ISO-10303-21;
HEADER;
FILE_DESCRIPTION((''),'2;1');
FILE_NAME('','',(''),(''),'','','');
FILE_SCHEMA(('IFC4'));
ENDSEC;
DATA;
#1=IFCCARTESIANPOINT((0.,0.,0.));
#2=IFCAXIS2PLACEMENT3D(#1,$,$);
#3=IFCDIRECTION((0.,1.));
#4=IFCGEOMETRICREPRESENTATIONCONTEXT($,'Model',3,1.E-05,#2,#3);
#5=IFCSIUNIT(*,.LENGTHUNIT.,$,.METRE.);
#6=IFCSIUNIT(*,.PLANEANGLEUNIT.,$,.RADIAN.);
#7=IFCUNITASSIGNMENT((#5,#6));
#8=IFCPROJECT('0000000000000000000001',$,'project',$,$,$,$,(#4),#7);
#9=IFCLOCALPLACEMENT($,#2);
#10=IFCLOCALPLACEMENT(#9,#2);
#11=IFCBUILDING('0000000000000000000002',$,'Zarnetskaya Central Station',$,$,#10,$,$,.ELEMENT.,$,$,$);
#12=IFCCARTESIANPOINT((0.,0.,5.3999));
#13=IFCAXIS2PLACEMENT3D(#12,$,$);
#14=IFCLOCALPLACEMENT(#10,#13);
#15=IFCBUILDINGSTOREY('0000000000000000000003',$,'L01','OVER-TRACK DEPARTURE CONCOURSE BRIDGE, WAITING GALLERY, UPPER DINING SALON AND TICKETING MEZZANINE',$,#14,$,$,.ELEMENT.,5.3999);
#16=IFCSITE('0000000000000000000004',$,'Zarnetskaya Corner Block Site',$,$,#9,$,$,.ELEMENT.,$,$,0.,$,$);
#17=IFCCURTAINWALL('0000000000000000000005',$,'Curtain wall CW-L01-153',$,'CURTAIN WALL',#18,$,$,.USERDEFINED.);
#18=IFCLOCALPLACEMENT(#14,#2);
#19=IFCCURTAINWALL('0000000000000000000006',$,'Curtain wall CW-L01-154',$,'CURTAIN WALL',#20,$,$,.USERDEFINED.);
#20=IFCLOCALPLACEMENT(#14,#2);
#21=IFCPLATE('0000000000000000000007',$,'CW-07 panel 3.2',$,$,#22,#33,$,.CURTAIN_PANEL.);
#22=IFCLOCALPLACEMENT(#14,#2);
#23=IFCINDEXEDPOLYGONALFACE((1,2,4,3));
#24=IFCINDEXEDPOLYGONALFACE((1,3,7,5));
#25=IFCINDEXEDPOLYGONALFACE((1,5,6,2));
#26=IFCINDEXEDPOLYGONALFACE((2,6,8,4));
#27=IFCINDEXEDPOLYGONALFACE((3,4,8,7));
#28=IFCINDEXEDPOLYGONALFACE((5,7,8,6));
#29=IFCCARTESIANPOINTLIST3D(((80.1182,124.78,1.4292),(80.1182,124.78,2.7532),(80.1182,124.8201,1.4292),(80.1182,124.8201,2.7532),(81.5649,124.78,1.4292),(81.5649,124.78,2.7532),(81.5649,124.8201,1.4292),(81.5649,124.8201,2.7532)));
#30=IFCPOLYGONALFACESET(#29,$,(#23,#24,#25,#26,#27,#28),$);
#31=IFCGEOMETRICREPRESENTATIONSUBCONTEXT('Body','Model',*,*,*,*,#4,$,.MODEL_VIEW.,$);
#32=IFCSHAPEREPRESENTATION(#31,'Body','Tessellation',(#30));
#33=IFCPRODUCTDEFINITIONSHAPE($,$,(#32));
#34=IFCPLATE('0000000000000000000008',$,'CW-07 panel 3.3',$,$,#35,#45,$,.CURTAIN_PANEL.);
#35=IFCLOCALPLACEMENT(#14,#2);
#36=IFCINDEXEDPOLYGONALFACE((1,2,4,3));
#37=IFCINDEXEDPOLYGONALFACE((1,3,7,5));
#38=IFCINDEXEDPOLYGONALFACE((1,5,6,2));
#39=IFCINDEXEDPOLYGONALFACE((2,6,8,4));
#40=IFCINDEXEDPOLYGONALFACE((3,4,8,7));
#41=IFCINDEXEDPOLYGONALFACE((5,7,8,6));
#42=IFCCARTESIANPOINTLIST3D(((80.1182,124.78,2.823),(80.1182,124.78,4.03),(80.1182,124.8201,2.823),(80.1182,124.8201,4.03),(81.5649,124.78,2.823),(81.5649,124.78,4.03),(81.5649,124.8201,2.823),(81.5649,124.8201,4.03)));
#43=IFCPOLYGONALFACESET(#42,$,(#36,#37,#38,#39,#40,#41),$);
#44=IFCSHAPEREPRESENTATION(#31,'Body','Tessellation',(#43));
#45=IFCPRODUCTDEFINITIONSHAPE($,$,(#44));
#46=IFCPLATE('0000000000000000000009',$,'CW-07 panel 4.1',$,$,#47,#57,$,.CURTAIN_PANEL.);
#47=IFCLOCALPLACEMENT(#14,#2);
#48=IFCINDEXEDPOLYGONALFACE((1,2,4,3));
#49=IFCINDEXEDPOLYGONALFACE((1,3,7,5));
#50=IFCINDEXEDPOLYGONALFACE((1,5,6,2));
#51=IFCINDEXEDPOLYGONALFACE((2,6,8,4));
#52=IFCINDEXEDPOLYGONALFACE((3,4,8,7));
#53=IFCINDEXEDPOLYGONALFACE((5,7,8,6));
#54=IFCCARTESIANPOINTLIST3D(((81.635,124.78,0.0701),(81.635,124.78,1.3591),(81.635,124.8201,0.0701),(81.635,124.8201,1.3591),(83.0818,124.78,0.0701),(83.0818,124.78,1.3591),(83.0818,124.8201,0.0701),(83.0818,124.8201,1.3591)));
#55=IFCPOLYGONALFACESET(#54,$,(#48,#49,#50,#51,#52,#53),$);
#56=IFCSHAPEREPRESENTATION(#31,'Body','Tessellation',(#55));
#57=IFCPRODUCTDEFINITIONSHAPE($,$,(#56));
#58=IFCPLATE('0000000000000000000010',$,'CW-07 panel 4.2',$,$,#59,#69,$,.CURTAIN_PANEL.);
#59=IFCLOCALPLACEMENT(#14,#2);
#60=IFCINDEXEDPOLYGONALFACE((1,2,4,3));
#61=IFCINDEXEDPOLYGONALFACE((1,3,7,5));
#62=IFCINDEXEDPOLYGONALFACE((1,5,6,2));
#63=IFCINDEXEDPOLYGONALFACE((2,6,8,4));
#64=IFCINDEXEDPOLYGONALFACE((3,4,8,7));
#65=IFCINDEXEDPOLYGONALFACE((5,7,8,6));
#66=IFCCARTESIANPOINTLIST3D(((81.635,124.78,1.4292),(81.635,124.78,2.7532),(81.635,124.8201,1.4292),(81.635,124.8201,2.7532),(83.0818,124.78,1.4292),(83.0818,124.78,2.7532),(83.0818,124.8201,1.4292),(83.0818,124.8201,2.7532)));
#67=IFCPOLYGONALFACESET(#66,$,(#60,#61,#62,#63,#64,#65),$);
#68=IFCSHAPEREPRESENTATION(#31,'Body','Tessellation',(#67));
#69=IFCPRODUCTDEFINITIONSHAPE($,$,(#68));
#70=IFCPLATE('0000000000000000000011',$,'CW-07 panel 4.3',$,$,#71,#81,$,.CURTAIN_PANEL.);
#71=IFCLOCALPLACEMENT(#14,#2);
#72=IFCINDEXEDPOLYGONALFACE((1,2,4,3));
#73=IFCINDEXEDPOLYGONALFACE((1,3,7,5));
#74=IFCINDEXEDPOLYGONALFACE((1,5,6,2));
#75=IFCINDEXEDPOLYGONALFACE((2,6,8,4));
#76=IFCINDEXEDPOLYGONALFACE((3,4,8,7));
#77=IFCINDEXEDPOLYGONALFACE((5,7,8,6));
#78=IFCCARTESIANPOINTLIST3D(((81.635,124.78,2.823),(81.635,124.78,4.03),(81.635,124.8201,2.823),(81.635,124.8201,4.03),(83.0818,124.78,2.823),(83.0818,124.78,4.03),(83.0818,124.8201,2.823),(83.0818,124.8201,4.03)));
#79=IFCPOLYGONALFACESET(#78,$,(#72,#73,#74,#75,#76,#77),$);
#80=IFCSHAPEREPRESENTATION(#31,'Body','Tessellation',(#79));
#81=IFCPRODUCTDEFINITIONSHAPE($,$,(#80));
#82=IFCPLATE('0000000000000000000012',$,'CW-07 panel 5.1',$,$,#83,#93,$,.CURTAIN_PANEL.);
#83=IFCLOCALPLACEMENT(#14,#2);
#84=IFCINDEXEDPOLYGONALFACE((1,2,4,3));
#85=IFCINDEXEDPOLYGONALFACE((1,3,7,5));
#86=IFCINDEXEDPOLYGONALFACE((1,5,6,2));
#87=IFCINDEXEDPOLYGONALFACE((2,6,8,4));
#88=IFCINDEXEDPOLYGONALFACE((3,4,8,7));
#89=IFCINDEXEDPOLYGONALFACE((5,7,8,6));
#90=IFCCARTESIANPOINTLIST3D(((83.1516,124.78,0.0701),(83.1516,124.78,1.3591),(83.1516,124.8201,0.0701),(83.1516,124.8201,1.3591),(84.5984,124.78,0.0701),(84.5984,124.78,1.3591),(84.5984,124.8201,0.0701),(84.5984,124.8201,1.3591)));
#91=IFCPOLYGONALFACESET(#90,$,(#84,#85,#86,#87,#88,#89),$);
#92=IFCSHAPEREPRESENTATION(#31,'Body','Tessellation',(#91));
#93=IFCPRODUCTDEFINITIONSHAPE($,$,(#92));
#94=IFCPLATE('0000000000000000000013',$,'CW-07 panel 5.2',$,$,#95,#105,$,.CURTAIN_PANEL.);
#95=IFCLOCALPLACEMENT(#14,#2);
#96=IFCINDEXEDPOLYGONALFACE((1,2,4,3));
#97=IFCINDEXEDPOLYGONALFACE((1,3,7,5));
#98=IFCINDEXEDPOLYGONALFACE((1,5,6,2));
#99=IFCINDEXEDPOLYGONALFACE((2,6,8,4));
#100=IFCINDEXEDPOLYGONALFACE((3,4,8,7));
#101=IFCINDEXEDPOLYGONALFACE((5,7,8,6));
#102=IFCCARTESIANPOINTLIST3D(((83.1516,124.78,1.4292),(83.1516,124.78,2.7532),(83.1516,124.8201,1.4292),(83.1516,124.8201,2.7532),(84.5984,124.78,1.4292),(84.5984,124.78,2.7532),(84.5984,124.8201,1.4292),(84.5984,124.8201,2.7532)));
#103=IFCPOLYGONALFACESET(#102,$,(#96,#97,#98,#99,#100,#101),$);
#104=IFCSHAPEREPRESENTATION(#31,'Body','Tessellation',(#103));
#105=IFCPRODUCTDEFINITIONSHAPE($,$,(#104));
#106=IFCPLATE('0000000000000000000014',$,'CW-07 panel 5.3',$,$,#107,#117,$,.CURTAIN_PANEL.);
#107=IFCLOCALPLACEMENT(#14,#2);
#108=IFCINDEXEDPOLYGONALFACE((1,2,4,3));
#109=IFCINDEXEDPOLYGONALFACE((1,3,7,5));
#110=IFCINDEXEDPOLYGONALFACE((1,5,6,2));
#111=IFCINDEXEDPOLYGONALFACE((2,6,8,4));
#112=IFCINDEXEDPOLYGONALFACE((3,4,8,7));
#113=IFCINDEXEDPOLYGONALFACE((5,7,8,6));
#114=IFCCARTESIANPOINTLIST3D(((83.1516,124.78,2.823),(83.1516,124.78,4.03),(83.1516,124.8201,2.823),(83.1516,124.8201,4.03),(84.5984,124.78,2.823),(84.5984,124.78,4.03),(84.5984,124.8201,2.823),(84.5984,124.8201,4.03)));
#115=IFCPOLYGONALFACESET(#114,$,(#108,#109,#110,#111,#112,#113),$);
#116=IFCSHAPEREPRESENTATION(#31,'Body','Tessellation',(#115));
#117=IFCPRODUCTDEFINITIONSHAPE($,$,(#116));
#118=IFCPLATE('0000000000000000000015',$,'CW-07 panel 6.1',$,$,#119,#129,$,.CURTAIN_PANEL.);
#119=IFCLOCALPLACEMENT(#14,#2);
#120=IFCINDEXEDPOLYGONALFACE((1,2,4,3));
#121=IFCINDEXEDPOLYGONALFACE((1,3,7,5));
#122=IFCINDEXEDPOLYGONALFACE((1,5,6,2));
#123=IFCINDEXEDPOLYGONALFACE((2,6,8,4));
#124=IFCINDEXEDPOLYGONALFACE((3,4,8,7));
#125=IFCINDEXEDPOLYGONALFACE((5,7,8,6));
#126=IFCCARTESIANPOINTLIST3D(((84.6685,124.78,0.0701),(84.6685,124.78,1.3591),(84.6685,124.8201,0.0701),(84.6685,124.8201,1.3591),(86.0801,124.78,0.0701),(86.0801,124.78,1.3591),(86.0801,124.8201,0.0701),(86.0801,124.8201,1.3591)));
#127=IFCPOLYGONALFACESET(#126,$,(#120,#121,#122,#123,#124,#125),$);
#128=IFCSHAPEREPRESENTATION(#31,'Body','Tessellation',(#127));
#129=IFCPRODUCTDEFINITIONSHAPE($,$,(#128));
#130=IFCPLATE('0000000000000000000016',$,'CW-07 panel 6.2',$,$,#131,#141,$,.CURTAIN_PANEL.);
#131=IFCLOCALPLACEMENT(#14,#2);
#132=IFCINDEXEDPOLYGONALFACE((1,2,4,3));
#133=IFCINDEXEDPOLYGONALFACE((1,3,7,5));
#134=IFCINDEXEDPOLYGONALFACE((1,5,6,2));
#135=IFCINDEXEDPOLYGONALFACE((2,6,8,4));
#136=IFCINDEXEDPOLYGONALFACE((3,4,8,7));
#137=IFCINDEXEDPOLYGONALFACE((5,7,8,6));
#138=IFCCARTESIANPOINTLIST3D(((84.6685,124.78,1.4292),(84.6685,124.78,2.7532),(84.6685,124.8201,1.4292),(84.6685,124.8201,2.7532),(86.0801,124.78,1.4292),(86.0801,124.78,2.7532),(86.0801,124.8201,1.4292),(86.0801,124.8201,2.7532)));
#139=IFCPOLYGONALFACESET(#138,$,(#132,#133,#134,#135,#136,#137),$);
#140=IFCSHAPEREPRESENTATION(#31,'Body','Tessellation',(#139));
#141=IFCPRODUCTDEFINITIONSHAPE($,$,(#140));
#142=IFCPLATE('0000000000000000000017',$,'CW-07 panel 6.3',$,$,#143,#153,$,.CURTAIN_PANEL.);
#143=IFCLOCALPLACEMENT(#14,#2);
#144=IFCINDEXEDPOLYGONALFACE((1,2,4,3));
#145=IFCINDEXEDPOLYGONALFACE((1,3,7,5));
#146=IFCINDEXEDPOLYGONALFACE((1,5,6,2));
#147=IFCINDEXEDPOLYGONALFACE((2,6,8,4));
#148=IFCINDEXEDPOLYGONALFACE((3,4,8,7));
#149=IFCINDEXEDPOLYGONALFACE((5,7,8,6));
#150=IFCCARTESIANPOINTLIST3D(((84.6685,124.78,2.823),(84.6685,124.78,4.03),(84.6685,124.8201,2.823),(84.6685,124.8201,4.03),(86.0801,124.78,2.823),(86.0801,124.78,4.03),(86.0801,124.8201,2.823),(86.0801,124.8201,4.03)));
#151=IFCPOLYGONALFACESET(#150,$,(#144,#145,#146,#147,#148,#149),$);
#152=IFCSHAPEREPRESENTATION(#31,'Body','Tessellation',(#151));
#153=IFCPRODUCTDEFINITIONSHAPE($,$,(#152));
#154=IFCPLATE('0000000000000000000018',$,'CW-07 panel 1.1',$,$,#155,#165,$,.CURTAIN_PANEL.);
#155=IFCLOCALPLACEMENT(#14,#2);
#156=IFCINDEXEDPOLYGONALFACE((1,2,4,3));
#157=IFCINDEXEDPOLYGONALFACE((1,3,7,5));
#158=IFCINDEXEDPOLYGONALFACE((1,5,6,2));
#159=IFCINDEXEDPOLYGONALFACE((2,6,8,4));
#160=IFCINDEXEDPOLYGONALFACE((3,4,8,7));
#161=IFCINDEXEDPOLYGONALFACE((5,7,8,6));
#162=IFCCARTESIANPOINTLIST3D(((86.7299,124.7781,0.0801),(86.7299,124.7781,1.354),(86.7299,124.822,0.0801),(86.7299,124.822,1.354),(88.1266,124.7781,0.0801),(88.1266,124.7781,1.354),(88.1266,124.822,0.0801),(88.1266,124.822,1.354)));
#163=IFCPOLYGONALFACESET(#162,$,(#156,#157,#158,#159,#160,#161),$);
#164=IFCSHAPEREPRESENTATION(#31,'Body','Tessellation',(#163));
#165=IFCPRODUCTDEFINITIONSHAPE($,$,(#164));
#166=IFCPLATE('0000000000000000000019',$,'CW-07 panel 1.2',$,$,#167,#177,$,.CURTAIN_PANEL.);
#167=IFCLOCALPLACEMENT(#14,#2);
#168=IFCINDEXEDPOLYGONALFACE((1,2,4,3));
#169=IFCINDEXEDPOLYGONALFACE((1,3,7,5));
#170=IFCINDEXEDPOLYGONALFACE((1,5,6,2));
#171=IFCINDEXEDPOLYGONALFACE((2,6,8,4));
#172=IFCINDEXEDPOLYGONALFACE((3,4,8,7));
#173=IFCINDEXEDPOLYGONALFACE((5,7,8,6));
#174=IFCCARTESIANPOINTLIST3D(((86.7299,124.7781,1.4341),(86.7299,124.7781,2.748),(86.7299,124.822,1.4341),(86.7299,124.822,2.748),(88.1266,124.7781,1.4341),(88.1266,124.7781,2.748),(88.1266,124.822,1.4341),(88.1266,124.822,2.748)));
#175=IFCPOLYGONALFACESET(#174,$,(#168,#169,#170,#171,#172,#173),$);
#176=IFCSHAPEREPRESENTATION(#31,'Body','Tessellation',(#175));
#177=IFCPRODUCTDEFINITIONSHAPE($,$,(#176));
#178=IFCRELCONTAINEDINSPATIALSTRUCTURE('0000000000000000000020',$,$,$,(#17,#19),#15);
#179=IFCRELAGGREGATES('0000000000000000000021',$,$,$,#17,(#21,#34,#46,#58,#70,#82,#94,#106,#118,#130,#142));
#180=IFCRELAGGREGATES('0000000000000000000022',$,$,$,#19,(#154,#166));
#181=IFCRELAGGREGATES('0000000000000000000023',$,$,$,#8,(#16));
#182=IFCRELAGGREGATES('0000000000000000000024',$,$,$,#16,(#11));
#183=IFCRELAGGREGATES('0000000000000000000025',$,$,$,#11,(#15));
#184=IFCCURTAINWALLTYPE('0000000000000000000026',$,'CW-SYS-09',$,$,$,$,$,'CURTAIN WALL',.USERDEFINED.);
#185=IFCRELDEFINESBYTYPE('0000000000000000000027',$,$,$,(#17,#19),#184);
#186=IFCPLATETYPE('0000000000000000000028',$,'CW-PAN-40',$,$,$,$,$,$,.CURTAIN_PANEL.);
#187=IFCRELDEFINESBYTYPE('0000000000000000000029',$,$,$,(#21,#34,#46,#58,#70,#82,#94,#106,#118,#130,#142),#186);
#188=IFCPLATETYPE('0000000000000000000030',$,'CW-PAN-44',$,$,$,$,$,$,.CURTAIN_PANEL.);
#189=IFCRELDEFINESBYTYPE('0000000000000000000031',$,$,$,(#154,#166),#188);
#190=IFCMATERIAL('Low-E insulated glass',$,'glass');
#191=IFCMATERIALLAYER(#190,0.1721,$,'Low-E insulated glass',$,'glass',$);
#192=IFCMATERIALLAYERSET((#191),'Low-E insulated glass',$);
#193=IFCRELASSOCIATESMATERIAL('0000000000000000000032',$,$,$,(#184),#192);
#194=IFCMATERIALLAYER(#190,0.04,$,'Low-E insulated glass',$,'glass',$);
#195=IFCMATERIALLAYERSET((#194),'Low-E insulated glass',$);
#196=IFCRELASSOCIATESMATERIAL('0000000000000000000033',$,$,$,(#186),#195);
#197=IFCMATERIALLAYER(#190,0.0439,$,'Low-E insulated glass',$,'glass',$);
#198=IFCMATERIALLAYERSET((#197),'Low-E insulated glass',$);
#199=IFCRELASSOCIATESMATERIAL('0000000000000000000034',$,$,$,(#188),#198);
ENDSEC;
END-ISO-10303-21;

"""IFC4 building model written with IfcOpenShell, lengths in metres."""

from ifc_helpers import new_model, si_unit, direction, frame, origin, origin_2d, place, context, subcontext, project, spatial, rectangle, extrude, material, layer, layer_set, type_object, element, aggregate, save


model = new_model("IFC4")

# Units and contexts
model_context = context("Model", 3, precision=1e-05, world=origin(), true_north=direction((0.0, 1.0)))
body_context = subcontext(model_context, "Body", "Model", "MODEL_VIEW")
ifc_project = project(units=[si_unit("LENGTHUNIT", "METRE"), si_unit("PLANEANGLEUNIT", "RADIAN")], contexts=[model_context])

# Site, building, storey
site_placement = place(None, origin())
site = spatial("IfcSite", under=ifc_project, at=site_placement, Name="Zarnetskaya Corner Block Site", CompositionType="ELEMENT", RefElevation=0.0)
building_placement = place(site_placement, origin())
building = spatial("IfcBuilding", under=site, at=building_placement, Name="Zarnetskaya Central Station", CompositionType="ELEMENT")
storey_placement = place(building_placement, frame((0.0, 0.0, 5.3999)))
storey = spatial("IfcBuildingStorey", under=building, at=storey_placement, Name="L01", Description="OVER-TRACK DEPARTURE CONCOURSE BRIDGE, WAITING GALLERY, UPPER DINING SALON AND TICKETING MEZZANINE", CompositionType="ELEMENT", Elevation=5.3999)

# Curtain wall
ifc_material_1 = material(Name="Low-E insulated glass", Category="glass")
ifc_layer_1 = layer(ifc_material_1, 0.1721, Name="Low-E insulated glass", Category="glass")
ifc_layer_set_1 = layer_set([ifc_layer_1], Name="Low-E insulated glass")
curtain_wall_type = type_object("IfcCurtainWallType", Name="CW-SYS-09", ElementType="CURTAIN WALL", PredefinedType="USERDEFINED", material=ifc_layer_set_1)
curtain_wall_1_placement = place(storey_placement, origin())
curtain_wall_1 = element("IfcCurtainWall", 1, at=curtain_wall_1_placement, inside=storey, type_object=curtain_wall_type, Name="Curtain wall CW-L01-153", ObjectType="CURTAIN WALL", PredefinedType="USERDEFINED")

# Curtain wall
curtain_wall_2_placement = place(storey_placement, origin())
curtain_wall_2 = element("IfcCurtainWall", 2, at=curtain_wall_2_placement, inside=storey, type_object=curtain_wall_type, Name="Curtain wall CW-L01-154", ObjectType="CURTAIN WALL", PredefinedType="USERDEFINED")

# Plates
ifc_layer_2 = layer(ifc_material_1, 0.04, Name="Low-E insulated glass", Category="glass")
ifc_layer_set_2 = layer_set([ifc_layer_2], Name="Low-E insulated glass")
plate_type_1 = type_object("IfcPlateType", Name="CW-PAN-40", PredefinedType="CURTAIN_PANEL", material=ifc_layer_set_2)
plate_1_placement = place(storey_placement, frame((80.8416, 124.8, 1.4292), z_axis=(0.0, 0.0, 1.0), x_axis=(1.0, 0.0, 0.0)))
plate_1 = element("IfcPlate", 3, at=plate_1_placement, type_object=plate_type_1, Name="CW-07 panel 3.2", PredefinedType="CURTAIN_PANEL", context=body_context, shape_type="SweptSolid", body=[
    extrude(rectangle(XDim=1.4468, YDim=0.04, at=origin_2d()), origin(), (0.0, 0.0, 1.0), 1.324),
])
plate_2_placement = place(storey_placement, frame((80.8416, 124.8, 2.823), z_axis=(0.0, 0.0, 1.0), x_axis=(1.0, 0.0, 0.0)))
plate_2 = element("IfcPlate", 4, at=plate_2_placement, type_object=plate_type_1, Name="CW-07 panel 3.3", PredefinedType="CURTAIN_PANEL", context=body_context, shape_type="SweptSolid", body=[
    extrude(rectangle(XDim=1.4468, YDim=0.04, at=origin_2d()), origin(), (0.0, 0.0, 1.0), 1.207),
])
plate_3_placement = place(storey_placement, frame((82.3584, 124.8, 0.0701), z_axis=(0.0, 0.0, 1.0), x_axis=(1.0, 0.0, 0.0)))
plate_3 = element("IfcPlate", 5, at=plate_3_placement, type_object=plate_type_1, Name="CW-07 panel 4.1", PredefinedType="CURTAIN_PANEL", context=body_context, shape_type="SweptSolid", body=[
    extrude(rectangle(XDim=1.4468, YDim=0.04, at=origin_2d()), origin(), (0.0, 0.0, 1.0), 1.2891),
])
plate_4_placement = place(storey_placement, frame((82.3584, 124.8, 1.4292), z_axis=(0.0, 0.0, 1.0), x_axis=(1.0, 0.0, 0.0)))
plate_4 = element("IfcPlate", 6, at=plate_4_placement, type_object=plate_type_1, Name="CW-07 panel 4.2", PredefinedType="CURTAIN_PANEL", context=body_context, shape_type="SweptSolid", body=[
    extrude(rectangle(XDim=1.4468, YDim=0.04, at=origin_2d()), origin(), (0.0, 0.0, 1.0), 1.324),
])
plate_5_placement = place(storey_placement, frame((82.3584, 124.8, 2.823), z_axis=(0.0, 0.0, 1.0), x_axis=(1.0, 0.0, 0.0)))
plate_5 = element("IfcPlate", 7, at=plate_5_placement, type_object=plate_type_1, Name="CW-07 panel 4.3", PredefinedType="CURTAIN_PANEL", context=body_context, shape_type="SweptSolid", body=[
    extrude(rectangle(XDim=1.4468, YDim=0.04, at=origin_2d()), origin(), (0.0, 0.0, 1.0), 1.207),
])
plate_6_placement = place(storey_placement, frame((83.875, 124.8, 0.0701), z_axis=(0.0, 0.0, 1.0), x_axis=(1.0, 0.0, 0.0)))
plate_6 = element("IfcPlate", 8, at=plate_6_placement, type_object=plate_type_1, Name="CW-07 panel 5.1", PredefinedType="CURTAIN_PANEL", context=body_context, shape_type="SweptSolid", body=[
    extrude(rectangle(XDim=1.4468, YDim=0.04, at=origin_2d()), origin(), (0.0, 0.0, 1.0), 1.2891),
])
plate_7_placement = place(storey_placement, frame((83.875, 124.8, 1.4292), z_axis=(0.0, 0.0, 1.0), x_axis=(1.0, 0.0, 0.0)))
plate_7 = element("IfcPlate", 9, at=plate_7_placement, type_object=plate_type_1, Name="CW-07 panel 5.2", PredefinedType="CURTAIN_PANEL", context=body_context, shape_type="SweptSolid", body=[
    extrude(rectangle(XDim=1.4468, YDim=0.04, at=origin_2d()), origin(), (0.0, 0.0, 1.0), 1.324),
])
plate_8_placement = place(storey_placement, frame((83.875, 124.8, 2.823), z_axis=(0.0, 0.0, 1.0), x_axis=(1.0, 0.0, 0.0)))
plate_8 = element("IfcPlate", 10, at=plate_8_placement, type_object=plate_type_1, Name="CW-07 panel 5.3", PredefinedType="CURTAIN_PANEL", context=body_context, shape_type="SweptSolid", body=[
    extrude(rectangle(XDim=1.4468, YDim=0.04, at=origin_2d()), origin(), (0.0, 0.0, 1.0), 1.207),
])
plate_9_placement = place(storey_placement, frame((85.3743, 124.8, 0.0701), z_axis=(0.0, 0.0, 1.0), x_axis=(1.0, 0.0, 0.0)))
plate_9 = element("IfcPlate", 11, at=plate_9_placement, type_object=plate_type_1, Name="CW-07 panel 6.1", PredefinedType="CURTAIN_PANEL", context=body_context, shape_type="SweptSolid", body=[
    extrude(rectangle(XDim=1.4116, YDim=0.04, at=origin_2d()), origin(), (0.0, 0.0, 1.0), 1.2891),
])
plate_10_placement = place(storey_placement, frame((85.3743, 124.8, 1.4292), z_axis=(0.0, 0.0, 1.0), x_axis=(1.0, 0.0, 0.0)))
plate_10 = element("IfcPlate", 12, at=plate_10_placement, type_object=plate_type_1, Name="CW-07 panel 6.2", PredefinedType="CURTAIN_PANEL", context=body_context, shape_type="SweptSolid", body=[
    extrude(rectangle(XDim=1.4116, YDim=0.04, at=origin_2d()), origin(), (0.0, 0.0, 1.0), 1.324),
])
plate_11_placement = place(storey_placement, frame((85.3743, 124.8, 2.823), z_axis=(0.0, 0.0, 1.0), x_axis=(1.0, 0.0, 0.0)))
plate_11 = element("IfcPlate", 13, at=plate_11_placement, type_object=plate_type_1, Name="CW-07 panel 6.3", PredefinedType="CURTAIN_PANEL", context=body_context, shape_type="SweptSolid", body=[
    extrude(rectangle(XDim=1.4116, YDim=0.04, at=origin_2d()), origin(), (0.0, 0.0, 1.0), 1.207),
])
aggregate(curtain_wall_1, [plate_1, plate_2, plate_3, plate_4, plate_5, plate_6, plate_7, plate_8, plate_9, plate_10, plate_11])
ifc_layer_3 = layer(ifc_material_1, 0.0439, Name="Low-E insulated glass", Category="glass")
ifc_layer_set_3 = layer_set([ifc_layer_3], Name="Low-E insulated glass")
plate_type_2 = type_object("IfcPlateType", Name="CW-PAN-44", PredefinedType="CURTAIN_PANEL", material=ifc_layer_set_3)
plate_12_placement = place(storey_placement, frame((87.4282, 124.8, 0.0801), z_axis=(0.0, 0.0, 1.0), x_axis=(1.0, 0.0, 0.0)))
plate_12 = element("IfcPlate", 14, at=plate_12_placement, type_object=plate_type_2, Name="CW-07 panel 1.1", PredefinedType="CURTAIN_PANEL", context=body_context, shape_type="SweptSolid", body=[
    extrude(rectangle(XDim=1.3967, YDim=0.0439, at=origin_2d()), origin(), (0.0, 0.0, 1.0), 1.2739),
])
plate_13_placement = place(storey_placement, frame((87.4282, 124.8, 1.4341), z_axis=(0.0, 0.0, 1.0), x_axis=(1.0, 0.0, 0.0)))
plate_13 = element("IfcPlate", 15, at=plate_13_placement, type_object=plate_type_2, Name="CW-07 panel 1.2", PredefinedType="CURTAIN_PANEL", context=body_context, shape_type="SweptSolid", body=[
    extrude(rectangle(XDim=1.3967, YDim=0.0439, at=origin_2d()), origin(), (0.0, 0.0, 1.0), 1.314),
])
aggregate(curtain_wall_2, [plate_12, plate_13])

save(model, "model.ifc")
